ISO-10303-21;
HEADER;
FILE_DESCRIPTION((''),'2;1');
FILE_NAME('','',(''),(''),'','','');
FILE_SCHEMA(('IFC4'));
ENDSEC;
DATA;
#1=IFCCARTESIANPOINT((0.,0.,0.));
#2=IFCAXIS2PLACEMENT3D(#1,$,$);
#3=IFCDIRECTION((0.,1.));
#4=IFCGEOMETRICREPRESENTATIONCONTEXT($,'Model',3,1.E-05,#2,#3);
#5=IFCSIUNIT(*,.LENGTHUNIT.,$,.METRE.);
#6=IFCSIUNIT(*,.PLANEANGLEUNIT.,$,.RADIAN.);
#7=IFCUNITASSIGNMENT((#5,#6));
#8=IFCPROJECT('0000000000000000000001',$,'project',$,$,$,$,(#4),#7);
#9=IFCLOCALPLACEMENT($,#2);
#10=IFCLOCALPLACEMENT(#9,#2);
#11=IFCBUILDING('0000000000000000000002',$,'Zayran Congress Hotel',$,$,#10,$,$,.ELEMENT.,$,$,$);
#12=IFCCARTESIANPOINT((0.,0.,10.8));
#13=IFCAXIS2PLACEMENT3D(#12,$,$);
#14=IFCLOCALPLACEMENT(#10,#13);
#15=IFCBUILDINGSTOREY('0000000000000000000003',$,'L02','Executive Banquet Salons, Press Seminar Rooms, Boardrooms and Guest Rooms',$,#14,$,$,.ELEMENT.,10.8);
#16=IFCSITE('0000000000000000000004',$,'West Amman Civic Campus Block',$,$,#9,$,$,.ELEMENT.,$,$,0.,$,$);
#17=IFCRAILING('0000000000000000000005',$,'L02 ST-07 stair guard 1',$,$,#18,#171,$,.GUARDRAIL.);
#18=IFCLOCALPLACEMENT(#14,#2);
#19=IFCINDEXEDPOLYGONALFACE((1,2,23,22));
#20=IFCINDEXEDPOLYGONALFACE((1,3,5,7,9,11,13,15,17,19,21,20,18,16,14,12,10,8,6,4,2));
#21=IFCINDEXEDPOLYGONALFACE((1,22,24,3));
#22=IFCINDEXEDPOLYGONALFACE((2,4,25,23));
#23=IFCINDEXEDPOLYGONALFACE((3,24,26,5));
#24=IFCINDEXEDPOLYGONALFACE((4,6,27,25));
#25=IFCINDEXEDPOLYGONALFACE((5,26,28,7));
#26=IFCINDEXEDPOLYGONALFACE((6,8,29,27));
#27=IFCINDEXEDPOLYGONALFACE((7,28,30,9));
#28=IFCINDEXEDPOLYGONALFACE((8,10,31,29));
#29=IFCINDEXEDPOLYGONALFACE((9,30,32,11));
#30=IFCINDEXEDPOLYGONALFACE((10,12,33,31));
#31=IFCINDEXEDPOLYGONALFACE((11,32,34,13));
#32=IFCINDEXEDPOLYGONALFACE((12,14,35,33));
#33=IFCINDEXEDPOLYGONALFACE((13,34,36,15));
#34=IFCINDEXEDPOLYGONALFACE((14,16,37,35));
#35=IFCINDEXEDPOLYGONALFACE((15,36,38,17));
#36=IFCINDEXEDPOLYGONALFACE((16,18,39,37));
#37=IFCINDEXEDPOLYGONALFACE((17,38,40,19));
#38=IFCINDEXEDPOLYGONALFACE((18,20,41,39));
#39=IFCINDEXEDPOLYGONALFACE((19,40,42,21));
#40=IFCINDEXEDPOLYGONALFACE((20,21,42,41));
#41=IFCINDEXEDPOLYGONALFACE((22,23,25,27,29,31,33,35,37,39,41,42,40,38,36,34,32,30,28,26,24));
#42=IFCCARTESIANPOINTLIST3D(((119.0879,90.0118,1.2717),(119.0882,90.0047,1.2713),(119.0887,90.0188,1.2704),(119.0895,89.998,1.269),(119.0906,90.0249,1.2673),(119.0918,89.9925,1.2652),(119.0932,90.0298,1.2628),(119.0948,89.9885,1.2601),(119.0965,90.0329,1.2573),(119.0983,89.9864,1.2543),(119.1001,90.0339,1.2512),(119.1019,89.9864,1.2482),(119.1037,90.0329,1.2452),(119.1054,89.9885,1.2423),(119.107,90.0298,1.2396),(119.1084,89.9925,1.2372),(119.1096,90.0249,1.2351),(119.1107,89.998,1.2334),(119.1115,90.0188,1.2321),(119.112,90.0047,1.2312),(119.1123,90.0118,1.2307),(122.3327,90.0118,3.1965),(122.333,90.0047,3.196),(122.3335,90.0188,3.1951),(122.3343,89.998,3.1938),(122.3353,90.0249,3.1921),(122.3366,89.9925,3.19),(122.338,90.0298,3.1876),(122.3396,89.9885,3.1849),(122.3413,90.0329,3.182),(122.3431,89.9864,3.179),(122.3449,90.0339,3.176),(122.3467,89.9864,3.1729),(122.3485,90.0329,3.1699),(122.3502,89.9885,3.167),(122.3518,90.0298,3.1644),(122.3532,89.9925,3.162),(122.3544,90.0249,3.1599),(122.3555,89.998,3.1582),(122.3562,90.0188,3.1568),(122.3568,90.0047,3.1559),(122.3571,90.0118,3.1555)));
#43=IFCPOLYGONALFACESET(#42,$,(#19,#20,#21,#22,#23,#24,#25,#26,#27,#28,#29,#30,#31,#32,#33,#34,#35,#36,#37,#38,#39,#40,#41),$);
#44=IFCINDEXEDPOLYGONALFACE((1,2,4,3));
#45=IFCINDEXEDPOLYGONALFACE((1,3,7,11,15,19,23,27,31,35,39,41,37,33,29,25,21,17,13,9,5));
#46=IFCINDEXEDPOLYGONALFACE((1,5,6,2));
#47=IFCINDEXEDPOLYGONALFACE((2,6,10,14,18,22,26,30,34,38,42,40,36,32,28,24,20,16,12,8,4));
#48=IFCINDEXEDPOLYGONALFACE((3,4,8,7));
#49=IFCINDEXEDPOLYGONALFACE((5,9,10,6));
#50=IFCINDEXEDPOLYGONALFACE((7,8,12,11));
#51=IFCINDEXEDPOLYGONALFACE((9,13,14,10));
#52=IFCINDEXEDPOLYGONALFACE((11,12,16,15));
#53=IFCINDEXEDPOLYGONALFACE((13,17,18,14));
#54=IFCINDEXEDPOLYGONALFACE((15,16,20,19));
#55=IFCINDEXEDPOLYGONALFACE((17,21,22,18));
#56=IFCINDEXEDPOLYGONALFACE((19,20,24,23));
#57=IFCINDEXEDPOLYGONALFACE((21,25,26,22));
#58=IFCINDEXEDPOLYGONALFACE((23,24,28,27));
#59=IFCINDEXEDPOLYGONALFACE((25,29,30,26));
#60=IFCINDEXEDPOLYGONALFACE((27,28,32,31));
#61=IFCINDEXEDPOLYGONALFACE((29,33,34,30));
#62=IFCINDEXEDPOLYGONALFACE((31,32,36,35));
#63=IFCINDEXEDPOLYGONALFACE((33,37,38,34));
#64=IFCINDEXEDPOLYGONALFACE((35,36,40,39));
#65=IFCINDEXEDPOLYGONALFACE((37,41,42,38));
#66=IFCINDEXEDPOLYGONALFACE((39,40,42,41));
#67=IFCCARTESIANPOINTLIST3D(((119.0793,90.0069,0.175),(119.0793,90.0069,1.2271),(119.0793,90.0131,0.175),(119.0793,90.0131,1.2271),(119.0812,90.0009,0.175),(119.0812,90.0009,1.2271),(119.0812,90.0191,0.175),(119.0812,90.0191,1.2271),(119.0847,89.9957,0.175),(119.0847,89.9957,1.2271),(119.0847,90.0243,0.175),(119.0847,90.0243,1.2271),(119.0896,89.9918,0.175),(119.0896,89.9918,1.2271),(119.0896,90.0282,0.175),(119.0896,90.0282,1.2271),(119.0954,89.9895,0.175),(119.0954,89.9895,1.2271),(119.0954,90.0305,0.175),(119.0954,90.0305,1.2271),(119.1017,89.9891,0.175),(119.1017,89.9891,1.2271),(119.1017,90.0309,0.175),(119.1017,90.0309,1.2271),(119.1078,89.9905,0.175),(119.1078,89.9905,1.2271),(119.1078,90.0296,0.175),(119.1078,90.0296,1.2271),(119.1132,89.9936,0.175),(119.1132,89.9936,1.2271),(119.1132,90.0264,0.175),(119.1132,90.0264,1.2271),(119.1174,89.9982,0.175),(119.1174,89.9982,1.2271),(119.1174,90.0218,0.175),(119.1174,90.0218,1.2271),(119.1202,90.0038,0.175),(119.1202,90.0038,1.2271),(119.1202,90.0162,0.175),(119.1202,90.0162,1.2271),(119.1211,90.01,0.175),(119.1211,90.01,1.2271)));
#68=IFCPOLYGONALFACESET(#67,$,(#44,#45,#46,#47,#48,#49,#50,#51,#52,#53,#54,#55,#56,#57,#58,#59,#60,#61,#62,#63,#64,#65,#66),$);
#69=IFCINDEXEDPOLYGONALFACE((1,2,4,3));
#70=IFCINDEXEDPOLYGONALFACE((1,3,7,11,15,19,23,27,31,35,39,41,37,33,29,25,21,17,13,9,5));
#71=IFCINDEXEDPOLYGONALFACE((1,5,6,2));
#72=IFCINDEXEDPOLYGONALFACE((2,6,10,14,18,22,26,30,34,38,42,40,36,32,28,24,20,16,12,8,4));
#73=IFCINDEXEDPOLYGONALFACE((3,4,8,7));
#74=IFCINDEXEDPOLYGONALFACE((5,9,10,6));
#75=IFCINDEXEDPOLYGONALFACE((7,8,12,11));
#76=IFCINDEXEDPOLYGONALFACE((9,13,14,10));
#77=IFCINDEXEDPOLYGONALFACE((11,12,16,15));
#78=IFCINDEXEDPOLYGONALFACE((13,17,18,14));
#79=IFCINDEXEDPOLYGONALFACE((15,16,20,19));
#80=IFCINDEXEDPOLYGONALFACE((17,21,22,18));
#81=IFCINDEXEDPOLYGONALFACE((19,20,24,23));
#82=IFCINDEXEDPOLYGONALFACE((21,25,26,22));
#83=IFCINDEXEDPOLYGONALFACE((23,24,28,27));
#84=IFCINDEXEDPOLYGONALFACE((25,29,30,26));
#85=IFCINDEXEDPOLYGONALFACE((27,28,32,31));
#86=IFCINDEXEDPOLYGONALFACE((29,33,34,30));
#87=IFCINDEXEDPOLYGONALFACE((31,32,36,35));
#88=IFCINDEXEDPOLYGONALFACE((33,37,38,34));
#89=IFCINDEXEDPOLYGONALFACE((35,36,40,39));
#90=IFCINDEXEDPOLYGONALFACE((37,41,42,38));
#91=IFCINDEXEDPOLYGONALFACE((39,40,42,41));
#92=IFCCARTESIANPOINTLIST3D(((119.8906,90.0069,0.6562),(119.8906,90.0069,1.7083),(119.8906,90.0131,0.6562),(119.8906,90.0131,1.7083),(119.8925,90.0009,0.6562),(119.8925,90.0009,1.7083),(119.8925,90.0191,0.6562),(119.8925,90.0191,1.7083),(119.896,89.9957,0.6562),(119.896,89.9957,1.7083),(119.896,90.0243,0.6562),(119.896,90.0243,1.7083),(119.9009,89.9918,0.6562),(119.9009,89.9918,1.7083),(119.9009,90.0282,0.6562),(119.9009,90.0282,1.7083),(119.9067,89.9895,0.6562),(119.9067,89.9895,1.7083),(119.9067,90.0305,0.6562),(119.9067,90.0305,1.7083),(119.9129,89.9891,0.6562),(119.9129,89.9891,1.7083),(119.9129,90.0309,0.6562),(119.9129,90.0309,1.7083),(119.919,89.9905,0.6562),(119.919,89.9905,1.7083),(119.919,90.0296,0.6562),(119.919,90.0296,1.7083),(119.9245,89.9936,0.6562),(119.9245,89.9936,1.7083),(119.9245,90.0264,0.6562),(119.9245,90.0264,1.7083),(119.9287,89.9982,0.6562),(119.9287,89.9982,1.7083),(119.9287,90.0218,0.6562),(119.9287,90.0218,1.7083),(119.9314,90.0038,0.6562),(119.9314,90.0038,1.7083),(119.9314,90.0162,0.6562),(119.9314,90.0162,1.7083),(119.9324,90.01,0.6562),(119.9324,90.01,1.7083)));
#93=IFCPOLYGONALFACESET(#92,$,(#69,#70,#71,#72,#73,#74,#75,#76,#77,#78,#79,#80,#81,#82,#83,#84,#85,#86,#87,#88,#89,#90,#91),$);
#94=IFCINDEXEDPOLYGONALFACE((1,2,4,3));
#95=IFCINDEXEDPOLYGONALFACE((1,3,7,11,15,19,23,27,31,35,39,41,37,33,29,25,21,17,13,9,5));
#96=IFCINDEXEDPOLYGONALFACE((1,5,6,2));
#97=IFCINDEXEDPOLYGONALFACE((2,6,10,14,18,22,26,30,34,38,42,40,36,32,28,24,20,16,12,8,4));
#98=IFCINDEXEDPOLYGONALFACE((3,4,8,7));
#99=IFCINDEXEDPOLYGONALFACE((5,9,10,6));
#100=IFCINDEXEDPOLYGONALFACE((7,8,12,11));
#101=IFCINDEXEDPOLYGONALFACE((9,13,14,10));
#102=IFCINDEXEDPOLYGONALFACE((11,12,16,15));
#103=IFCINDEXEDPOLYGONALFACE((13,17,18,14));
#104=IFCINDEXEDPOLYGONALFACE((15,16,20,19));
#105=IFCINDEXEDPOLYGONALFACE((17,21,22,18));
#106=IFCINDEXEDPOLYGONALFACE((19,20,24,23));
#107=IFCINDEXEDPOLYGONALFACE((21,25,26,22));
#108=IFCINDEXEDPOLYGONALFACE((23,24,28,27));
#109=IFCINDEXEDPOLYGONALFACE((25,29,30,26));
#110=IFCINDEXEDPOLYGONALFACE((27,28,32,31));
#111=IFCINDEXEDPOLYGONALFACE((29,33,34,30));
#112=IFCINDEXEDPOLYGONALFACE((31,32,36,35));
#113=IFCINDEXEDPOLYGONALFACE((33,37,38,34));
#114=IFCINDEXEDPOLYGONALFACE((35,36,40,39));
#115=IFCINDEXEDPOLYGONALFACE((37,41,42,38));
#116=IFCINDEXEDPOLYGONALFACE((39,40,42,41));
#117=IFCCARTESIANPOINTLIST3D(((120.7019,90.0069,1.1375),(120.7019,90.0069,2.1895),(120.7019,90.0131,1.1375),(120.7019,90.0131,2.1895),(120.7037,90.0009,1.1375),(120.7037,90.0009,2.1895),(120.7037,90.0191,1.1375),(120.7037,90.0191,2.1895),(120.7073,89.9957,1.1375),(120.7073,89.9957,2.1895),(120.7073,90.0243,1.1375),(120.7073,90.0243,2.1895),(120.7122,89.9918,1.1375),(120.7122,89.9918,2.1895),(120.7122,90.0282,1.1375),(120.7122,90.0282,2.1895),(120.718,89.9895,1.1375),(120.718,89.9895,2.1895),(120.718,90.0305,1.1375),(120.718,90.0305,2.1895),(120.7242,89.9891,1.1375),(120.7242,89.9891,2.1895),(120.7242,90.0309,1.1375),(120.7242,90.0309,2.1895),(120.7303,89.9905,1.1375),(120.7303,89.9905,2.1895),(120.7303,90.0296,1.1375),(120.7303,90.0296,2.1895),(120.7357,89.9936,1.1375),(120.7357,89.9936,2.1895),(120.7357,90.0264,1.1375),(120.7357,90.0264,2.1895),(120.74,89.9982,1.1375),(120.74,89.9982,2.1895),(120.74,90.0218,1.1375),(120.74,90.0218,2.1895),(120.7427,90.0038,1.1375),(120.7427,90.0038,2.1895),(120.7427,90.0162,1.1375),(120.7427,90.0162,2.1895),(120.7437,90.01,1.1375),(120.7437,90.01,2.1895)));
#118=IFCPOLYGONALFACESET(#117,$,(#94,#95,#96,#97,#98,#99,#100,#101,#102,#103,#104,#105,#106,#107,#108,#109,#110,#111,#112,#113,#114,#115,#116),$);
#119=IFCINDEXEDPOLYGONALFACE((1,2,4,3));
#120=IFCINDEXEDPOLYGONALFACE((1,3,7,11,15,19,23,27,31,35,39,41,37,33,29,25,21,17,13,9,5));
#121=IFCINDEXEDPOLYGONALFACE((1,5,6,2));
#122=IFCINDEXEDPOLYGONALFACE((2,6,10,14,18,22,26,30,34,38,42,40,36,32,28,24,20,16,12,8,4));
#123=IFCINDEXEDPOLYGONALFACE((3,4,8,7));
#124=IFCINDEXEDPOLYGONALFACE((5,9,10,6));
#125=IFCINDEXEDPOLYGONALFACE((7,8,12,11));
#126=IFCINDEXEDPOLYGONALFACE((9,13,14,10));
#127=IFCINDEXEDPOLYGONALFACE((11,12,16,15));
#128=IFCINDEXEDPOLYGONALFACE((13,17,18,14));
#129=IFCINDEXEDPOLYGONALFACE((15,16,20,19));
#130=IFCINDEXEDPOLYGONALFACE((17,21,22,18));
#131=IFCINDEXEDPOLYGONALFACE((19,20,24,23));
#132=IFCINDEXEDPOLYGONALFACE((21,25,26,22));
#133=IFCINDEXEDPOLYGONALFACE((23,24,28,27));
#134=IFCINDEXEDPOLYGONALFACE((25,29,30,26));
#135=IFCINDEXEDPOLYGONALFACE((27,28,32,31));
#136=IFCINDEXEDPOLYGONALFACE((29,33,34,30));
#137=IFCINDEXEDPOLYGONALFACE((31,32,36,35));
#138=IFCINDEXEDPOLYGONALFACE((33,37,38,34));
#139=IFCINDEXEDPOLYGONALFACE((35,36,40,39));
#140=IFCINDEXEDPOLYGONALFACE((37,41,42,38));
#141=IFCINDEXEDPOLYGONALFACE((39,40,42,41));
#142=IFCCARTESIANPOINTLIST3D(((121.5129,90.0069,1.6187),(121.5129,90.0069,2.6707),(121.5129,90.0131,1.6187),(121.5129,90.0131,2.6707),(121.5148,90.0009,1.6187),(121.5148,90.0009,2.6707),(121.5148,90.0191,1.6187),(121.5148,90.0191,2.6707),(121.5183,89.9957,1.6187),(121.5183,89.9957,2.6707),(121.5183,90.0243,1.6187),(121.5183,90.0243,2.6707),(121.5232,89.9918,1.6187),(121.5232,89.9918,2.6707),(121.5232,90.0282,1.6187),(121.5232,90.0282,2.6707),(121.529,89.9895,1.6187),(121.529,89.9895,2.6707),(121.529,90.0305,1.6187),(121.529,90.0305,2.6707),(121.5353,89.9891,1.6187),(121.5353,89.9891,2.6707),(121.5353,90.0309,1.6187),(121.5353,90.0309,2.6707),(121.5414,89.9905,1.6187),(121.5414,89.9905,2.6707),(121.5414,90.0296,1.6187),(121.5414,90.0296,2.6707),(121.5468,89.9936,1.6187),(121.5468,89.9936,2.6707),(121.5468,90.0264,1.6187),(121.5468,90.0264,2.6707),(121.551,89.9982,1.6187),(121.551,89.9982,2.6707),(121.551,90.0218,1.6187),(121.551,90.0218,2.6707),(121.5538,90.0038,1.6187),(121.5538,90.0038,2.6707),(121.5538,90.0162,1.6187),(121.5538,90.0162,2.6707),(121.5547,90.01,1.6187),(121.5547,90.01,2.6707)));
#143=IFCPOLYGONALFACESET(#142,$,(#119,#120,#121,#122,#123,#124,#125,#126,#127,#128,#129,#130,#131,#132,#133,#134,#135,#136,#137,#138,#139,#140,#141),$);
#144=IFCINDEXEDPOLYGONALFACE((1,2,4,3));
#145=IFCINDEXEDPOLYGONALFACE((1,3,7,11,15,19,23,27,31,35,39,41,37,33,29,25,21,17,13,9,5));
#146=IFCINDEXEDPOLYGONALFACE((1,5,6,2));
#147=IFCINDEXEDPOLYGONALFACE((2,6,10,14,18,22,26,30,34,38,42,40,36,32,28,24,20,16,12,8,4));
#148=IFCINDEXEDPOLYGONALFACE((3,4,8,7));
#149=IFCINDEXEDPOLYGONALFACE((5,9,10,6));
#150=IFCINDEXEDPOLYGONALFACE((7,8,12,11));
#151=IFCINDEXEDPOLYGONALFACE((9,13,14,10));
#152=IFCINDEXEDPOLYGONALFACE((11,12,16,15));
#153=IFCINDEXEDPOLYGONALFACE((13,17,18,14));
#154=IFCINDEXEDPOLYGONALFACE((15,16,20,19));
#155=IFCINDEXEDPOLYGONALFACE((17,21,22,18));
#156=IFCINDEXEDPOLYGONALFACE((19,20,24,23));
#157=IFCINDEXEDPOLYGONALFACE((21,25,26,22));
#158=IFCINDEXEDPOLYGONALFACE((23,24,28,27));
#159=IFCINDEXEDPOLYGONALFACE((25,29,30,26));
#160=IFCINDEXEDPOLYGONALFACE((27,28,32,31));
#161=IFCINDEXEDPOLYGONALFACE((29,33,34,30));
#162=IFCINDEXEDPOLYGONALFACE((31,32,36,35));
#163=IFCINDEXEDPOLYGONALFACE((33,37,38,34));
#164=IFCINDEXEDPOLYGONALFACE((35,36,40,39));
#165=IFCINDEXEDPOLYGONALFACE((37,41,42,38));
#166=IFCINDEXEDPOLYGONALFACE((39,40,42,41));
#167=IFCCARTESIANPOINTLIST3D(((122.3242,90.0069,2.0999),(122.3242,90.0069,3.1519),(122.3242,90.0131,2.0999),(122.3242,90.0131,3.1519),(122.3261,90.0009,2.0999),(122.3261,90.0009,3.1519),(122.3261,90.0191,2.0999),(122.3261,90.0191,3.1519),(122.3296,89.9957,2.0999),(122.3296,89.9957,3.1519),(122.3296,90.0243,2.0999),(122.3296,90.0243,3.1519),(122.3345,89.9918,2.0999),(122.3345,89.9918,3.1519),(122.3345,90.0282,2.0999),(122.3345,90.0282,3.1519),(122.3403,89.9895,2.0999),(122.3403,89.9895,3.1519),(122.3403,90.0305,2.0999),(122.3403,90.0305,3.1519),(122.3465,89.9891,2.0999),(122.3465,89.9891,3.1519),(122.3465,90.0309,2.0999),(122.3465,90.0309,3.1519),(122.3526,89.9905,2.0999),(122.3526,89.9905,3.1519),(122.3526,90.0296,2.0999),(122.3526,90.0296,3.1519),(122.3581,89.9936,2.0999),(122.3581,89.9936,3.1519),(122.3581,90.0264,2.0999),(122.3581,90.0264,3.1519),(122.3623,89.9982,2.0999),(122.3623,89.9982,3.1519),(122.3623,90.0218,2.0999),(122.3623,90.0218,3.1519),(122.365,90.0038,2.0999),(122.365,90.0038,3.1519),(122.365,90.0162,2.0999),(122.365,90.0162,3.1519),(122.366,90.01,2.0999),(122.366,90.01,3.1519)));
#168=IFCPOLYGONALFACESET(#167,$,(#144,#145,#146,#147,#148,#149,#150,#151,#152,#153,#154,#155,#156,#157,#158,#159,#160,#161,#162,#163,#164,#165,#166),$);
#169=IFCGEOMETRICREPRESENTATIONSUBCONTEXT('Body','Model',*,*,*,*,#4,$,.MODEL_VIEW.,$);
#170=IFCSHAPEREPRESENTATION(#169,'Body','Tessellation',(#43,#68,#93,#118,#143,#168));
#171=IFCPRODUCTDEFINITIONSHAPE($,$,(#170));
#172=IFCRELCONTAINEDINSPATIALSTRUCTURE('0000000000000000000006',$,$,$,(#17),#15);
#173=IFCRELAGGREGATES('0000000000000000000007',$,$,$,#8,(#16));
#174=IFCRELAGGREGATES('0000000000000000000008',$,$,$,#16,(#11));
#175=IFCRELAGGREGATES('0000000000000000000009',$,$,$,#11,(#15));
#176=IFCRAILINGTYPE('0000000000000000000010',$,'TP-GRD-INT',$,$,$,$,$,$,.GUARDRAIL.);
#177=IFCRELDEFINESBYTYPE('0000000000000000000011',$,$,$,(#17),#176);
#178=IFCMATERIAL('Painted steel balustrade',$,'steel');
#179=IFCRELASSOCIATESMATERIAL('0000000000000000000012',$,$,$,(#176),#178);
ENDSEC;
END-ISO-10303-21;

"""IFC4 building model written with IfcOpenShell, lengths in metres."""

from ifc_helpers import new_model, si_unit, direction, frame, origin, origin_2d, place, context, subcontext, project, spatial, circle, extrude, material, type_object, element, save


model = new_model("IFC4")

# Units and contexts
model_context = context("Model", 3, precision=1e-05, world=origin(), true_north=direction((0.0, 1.0)))
body_context = subcontext(model_context, "Body", "Model", "MODEL_VIEW")
ifc_project = project(units=[si_unit("LENGTHUNIT", "METRE"), si_unit("PLANEANGLEUNIT", "RADIAN")], contexts=[model_context])

# Site, building, storey
site_placement = place(None, origin())
site = spatial("IfcSite", under=ifc_project, at=site_placement, Name="West Amman Civic Campus Block", CompositionType="ELEMENT", RefElevation=0.0)
building_placement = place(site_placement, origin())
building = spatial("IfcBuilding", under=site, at=building_placement, Name="Zayran Congress Hotel", CompositionType="ELEMENT")
storey_placement = place(building_placement, frame((0.0, 0.0, 10.8)))
storey = spatial("IfcBuildingStorey", under=building, at=storey_placement, Name="L02", Description="Executive Banquet Salons, Press Seminar Rooms, Boardrooms and Guest Rooms", CompositionType="ELEMENT", Elevation=10.8)

# Railing
ifc_material_1 = material(Name="Painted steel balustrade", Category="steel")
railing_type_1 = type_object("IfcRailingType", Name="TP-GRD-INT", PredefinedType="GUARDRAIL", material=ifc_material_1)
railing_1_placement = place(storey_placement, frame((119.1001, 90.01, 0.175)))
element("IfcRailing", 1, at=railing_1_placement, inside=storey, type_object=railing_type_1, Name="L02 ST-07 stair guard 1", PredefinedType="GUARDRAIL", context=body_context, shape_type="SweptSolid", body=[
    extrude(circle(Radius=0.0239, at=origin_2d()), frame((0.0, 0.0, 1.0762), z_axis=(0.860069, 0.0, 0.510178), x_axis=(0.0, 1.0, 0.0)), (0.0, 0.0, 1.0), 3.7727),
    extrude(circle(Radius=0.021, at=origin_2d()), origin(), (0.0, 0.0, 1.0), 1.052),
    extrude(circle(Radius=0.021, at=origin_2d()), frame((0.8113, 0.0, 0.4812)), (0.0, 0.0, 1.0), 1.052),
    extrude(circle(Radius=0.021, at=origin_2d()), frame((1.6226, 0.0, 0.9624)), (0.0, 0.0, 1.0), 1.052),
    extrude(circle(Radius=0.021, at=origin_2d()), frame((2.4336, 0.0, 1.4436)), (0.0, 0.0, 1.0), 1.052),
    extrude(circle(Radius=0.021, at=origin_2d()), frame((3.2449, 0.0, 1.9248)), (0.0, 0.0, 1.0), 1.052),
])

save(model, "model.ifc")
